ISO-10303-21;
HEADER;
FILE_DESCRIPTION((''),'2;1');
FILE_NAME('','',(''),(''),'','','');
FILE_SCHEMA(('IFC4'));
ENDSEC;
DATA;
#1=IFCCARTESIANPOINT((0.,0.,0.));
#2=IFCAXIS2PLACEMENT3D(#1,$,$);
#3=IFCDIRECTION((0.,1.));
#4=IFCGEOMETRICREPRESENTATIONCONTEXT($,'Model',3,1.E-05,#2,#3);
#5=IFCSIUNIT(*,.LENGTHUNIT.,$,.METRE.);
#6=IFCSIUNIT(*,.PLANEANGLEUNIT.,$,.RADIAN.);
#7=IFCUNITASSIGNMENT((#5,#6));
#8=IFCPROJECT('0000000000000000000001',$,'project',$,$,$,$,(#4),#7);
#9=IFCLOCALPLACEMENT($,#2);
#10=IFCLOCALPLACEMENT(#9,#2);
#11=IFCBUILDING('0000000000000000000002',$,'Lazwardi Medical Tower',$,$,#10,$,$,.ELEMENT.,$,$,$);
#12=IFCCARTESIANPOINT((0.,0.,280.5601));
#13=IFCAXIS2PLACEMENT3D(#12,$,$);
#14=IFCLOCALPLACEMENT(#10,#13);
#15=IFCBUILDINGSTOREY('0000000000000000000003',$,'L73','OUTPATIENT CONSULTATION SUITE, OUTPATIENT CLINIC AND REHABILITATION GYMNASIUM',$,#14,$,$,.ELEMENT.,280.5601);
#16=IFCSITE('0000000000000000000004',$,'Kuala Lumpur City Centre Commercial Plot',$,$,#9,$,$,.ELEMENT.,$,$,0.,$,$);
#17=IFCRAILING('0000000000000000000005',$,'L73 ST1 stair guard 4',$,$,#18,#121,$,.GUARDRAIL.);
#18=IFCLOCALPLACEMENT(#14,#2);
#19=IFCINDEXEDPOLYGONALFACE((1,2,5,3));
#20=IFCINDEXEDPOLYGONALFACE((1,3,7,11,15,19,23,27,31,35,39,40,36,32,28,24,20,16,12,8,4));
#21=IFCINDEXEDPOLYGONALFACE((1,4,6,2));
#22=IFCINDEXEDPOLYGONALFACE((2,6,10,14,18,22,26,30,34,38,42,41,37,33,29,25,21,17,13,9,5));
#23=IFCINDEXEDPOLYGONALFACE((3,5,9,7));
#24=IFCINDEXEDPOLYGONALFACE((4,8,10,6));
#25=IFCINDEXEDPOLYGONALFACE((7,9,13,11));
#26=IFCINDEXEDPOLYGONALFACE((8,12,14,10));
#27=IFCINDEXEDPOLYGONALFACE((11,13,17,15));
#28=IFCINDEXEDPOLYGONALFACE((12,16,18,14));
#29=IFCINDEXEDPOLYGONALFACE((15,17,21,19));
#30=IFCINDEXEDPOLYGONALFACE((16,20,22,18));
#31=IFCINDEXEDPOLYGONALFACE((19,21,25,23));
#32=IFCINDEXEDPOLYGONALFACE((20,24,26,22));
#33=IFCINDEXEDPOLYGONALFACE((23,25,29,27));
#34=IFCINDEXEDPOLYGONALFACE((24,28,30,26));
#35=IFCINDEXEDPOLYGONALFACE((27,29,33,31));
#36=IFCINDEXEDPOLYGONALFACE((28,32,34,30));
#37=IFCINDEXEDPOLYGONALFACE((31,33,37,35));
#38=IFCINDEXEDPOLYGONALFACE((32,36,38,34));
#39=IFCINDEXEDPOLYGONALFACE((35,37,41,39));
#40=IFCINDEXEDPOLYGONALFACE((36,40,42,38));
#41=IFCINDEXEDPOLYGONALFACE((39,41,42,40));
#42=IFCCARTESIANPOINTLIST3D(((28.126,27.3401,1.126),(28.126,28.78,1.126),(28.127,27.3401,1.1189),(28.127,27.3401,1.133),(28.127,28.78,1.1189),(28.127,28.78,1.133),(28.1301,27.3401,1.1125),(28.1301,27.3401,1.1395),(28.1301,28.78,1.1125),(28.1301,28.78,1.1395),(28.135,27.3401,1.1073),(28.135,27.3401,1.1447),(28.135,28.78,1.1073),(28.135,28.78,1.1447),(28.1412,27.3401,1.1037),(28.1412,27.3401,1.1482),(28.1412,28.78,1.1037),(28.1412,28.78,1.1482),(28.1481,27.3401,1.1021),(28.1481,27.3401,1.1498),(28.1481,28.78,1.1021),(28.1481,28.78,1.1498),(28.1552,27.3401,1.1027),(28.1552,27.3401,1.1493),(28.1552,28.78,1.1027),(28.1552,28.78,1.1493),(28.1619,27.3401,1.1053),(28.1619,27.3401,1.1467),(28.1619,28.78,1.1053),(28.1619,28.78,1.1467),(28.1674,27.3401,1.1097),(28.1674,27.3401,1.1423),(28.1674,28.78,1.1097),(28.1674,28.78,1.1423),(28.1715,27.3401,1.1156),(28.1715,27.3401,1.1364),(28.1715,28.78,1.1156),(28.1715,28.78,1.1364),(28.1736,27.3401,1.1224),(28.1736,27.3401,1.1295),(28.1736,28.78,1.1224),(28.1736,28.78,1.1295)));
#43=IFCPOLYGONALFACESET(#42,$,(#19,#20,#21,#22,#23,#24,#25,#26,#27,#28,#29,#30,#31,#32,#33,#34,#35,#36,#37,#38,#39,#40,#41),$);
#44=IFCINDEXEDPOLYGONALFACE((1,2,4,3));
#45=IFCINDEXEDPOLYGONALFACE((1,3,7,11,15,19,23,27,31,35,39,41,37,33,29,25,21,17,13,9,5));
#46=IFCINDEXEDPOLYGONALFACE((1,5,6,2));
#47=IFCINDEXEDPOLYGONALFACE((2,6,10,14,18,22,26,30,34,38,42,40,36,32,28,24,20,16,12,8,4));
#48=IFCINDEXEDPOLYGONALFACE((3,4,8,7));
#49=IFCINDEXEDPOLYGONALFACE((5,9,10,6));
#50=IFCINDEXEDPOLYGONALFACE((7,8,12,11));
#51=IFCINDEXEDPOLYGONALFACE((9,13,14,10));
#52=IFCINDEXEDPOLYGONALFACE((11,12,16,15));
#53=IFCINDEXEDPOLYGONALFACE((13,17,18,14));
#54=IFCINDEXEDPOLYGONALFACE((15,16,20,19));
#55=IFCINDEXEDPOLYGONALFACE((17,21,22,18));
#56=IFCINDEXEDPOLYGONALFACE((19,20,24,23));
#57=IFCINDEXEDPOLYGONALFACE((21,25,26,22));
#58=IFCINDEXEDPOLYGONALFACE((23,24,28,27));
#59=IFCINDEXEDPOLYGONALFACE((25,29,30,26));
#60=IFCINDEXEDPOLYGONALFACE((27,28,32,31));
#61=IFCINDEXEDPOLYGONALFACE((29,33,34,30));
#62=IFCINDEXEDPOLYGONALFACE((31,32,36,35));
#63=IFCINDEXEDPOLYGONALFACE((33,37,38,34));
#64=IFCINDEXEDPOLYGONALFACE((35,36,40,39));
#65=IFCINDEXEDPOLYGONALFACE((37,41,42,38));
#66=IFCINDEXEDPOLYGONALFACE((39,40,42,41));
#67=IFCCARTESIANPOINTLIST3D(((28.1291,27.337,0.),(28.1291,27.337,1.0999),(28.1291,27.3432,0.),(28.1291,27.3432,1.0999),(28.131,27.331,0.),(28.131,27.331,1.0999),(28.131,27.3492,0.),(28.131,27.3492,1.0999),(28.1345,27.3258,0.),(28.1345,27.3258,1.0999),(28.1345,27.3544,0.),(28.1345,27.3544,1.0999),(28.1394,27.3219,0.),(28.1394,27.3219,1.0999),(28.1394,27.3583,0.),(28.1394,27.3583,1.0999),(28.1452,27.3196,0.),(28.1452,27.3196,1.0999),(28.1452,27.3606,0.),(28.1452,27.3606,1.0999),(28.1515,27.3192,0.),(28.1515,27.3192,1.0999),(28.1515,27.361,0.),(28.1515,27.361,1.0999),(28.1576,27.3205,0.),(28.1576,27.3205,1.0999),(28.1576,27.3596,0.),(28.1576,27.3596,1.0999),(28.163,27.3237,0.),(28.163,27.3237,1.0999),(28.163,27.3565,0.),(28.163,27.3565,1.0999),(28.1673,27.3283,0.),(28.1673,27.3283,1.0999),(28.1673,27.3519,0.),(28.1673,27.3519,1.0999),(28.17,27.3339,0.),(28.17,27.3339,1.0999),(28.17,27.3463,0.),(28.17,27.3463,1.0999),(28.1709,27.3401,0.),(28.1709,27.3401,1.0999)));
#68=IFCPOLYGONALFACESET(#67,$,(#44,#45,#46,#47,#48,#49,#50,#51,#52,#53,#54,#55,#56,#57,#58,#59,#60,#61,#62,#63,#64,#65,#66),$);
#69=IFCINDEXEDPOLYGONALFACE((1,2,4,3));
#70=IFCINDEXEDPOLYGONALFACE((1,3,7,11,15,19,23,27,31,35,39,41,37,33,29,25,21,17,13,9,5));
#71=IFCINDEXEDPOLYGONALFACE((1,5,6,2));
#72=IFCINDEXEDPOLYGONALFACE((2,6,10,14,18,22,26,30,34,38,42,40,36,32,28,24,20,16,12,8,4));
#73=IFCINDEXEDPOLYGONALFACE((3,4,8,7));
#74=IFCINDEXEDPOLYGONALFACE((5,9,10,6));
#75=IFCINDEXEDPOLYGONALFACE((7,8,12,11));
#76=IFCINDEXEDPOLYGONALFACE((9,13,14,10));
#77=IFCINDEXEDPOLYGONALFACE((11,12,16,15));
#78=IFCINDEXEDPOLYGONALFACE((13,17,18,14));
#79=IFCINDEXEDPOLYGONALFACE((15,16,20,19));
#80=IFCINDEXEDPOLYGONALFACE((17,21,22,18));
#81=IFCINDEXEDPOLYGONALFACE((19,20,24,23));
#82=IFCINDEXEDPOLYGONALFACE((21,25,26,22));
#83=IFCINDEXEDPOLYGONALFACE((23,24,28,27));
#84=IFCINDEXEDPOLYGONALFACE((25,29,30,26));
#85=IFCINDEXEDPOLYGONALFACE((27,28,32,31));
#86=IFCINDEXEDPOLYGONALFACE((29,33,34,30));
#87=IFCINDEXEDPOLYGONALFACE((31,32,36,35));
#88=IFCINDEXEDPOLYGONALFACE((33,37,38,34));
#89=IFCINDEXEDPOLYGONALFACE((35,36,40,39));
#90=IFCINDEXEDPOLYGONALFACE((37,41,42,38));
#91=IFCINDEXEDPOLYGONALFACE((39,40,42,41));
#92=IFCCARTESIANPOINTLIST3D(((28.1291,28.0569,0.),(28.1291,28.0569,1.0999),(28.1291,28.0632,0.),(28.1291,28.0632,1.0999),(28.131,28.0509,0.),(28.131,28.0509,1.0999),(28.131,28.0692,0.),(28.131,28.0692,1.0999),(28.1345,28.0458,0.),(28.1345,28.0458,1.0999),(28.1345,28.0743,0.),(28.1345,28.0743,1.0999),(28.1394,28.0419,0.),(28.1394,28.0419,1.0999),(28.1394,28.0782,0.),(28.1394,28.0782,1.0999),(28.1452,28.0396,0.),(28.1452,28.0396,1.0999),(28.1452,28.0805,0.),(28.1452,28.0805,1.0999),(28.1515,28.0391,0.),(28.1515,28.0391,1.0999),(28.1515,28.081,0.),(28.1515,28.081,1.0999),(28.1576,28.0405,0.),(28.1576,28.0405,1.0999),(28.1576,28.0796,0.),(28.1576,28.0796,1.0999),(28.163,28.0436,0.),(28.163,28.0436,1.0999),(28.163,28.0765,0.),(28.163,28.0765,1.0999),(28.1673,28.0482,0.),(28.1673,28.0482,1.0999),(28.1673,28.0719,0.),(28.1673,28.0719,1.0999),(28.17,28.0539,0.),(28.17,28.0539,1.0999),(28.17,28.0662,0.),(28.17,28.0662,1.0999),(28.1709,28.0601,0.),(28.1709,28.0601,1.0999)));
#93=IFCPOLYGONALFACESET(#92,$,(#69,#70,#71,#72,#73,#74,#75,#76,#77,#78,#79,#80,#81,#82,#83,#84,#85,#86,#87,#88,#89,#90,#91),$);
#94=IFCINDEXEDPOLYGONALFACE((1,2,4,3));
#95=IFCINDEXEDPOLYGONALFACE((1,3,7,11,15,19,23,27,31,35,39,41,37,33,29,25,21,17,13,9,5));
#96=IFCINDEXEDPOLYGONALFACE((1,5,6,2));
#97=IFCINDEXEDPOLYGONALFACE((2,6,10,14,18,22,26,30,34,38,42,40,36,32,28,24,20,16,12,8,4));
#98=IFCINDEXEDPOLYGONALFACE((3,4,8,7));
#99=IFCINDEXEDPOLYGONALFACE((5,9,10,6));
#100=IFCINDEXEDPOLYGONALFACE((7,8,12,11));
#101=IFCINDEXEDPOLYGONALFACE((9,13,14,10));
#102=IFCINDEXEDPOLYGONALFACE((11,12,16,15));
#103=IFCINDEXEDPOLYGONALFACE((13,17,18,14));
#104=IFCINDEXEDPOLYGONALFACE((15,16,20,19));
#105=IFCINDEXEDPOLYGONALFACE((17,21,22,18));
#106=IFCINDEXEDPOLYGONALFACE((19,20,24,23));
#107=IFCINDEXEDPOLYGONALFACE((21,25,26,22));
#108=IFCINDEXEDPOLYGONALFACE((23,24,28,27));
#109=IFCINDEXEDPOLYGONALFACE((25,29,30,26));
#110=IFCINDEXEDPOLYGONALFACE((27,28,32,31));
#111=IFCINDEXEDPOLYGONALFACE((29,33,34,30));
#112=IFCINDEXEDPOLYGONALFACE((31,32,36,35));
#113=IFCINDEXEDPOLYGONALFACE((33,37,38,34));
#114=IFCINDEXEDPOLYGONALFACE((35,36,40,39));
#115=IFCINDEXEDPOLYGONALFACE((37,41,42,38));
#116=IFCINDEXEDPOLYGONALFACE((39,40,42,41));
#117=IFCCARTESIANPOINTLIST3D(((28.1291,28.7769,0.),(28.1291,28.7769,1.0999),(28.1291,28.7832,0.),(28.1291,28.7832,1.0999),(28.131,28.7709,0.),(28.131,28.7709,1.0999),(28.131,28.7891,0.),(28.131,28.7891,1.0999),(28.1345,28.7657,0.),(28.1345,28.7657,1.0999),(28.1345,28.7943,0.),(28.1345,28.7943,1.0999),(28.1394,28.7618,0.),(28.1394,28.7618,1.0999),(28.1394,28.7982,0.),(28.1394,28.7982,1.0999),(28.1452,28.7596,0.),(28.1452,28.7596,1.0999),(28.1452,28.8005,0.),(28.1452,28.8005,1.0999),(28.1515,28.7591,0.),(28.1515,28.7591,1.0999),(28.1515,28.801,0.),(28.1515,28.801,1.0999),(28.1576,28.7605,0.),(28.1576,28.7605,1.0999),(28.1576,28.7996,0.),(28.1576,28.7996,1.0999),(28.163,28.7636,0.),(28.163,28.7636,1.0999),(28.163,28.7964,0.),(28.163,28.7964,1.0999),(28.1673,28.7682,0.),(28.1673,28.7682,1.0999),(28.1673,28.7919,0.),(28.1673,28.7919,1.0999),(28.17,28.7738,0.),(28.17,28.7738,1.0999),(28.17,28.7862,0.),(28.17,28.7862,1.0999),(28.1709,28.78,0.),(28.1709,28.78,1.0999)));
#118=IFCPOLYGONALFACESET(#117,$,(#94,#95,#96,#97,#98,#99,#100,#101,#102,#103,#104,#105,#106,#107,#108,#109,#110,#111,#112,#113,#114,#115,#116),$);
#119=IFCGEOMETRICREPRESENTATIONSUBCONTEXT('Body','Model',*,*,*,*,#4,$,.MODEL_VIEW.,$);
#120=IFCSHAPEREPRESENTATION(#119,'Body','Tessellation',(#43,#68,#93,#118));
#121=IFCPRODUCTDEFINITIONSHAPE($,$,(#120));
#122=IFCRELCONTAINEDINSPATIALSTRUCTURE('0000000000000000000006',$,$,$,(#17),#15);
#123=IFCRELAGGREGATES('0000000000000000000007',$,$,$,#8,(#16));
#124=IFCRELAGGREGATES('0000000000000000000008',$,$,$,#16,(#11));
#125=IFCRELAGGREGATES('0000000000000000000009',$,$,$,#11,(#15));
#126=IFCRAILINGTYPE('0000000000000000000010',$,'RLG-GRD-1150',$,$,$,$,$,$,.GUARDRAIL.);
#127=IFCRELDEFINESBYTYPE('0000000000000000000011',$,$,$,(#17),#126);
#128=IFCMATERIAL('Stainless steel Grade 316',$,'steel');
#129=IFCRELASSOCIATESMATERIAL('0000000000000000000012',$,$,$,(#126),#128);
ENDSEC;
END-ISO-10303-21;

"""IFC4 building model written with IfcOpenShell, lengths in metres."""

from ifc_helpers import new_model, si_unit, direction, frame, origin, origin_2d, place, context, subcontext, project, spatial, circle, extrude, material, type_object, element, save


model = new_model("IFC4")

# Units and contexts
model_context = context("Model", 3, precision=1e-05, world=origin(), true_north=direction((0.0, 1.0)))
body_context = subcontext(model_context, "Body", "Model", "MODEL_VIEW")
ifc_project = project(units=[si_unit("LENGTHUNIT", "METRE"), si_unit("PLANEANGLEUNIT", "RADIAN")], contexts=[model_context])

# Site, building, storey
site_placement = place(None, origin())
site = spatial("IfcSite", under=ifc_project, at=site_placement, Name="Kuala Lumpur City Centre Commercial Plot", CompositionType="ELEMENT", RefElevation=0.0)
building_placement = place(site_placement, origin())
building = spatial("IfcBuilding", under=site, at=building_placement, Name="Lazwardi Medical Tower", CompositionType="ELEMENT")
storey_placement = place(building_placement, frame((0.0, 0.0, 280.5601)))
storey = spatial("IfcBuildingStorey", under=building, at=storey_placement, Name="L73", Description="OUTPATIENT CONSULTATION SUITE, OUTPATIENT CLINIC AND REHABILITATION GYMNASIUM", CompositionType="ELEMENT", Elevation=280.5601)

# Railing
ifc_material_1 = material(Name="Stainless steel Grade 316", Category="steel")
railing_type_1 = type_object("IfcRailingType", Name="RLG-GRD-1150", PredefinedType="GUARDRAIL", material=ifc_material_1)
railing_1_placement = place(storey_placement, frame((28.1499, 27.3401, 0.0)))
element("IfcRailing", 1, at=railing_1_placement, inside=storey, type_object=railing_type_1, Name="L73 ST1 stair guard 4", PredefinedType="GUARDRAIL", context=body_context, shape_type="SweptSolid", body=[
    extrude(circle(Radius=0.0239, at=origin_2d()), frame((0.0, 0.0, 1.126), z_axis=(0.0, 1.0, 0.0), x_axis=(-1.0, 0.0, 0.0)), (0.0, 0.0, 1.0), 1.4399),
    extrude(circle(Radius=0.021, at=origin_2d()), origin(), (0.0, 0.0, 1.0), 1.0999),
    extrude(circle(Radius=0.021, at=origin_2d()), frame((0.0, 0.72, 0.0)), (0.0, 0.0, 1.0), 1.0999),
    extrude(circle(Radius=0.021, at=origin_2d()), frame((0.0, 1.4399, 0.0)), (0.0, 0.0, 1.0), 1.0999),
])

save(model, "model.ifc")
